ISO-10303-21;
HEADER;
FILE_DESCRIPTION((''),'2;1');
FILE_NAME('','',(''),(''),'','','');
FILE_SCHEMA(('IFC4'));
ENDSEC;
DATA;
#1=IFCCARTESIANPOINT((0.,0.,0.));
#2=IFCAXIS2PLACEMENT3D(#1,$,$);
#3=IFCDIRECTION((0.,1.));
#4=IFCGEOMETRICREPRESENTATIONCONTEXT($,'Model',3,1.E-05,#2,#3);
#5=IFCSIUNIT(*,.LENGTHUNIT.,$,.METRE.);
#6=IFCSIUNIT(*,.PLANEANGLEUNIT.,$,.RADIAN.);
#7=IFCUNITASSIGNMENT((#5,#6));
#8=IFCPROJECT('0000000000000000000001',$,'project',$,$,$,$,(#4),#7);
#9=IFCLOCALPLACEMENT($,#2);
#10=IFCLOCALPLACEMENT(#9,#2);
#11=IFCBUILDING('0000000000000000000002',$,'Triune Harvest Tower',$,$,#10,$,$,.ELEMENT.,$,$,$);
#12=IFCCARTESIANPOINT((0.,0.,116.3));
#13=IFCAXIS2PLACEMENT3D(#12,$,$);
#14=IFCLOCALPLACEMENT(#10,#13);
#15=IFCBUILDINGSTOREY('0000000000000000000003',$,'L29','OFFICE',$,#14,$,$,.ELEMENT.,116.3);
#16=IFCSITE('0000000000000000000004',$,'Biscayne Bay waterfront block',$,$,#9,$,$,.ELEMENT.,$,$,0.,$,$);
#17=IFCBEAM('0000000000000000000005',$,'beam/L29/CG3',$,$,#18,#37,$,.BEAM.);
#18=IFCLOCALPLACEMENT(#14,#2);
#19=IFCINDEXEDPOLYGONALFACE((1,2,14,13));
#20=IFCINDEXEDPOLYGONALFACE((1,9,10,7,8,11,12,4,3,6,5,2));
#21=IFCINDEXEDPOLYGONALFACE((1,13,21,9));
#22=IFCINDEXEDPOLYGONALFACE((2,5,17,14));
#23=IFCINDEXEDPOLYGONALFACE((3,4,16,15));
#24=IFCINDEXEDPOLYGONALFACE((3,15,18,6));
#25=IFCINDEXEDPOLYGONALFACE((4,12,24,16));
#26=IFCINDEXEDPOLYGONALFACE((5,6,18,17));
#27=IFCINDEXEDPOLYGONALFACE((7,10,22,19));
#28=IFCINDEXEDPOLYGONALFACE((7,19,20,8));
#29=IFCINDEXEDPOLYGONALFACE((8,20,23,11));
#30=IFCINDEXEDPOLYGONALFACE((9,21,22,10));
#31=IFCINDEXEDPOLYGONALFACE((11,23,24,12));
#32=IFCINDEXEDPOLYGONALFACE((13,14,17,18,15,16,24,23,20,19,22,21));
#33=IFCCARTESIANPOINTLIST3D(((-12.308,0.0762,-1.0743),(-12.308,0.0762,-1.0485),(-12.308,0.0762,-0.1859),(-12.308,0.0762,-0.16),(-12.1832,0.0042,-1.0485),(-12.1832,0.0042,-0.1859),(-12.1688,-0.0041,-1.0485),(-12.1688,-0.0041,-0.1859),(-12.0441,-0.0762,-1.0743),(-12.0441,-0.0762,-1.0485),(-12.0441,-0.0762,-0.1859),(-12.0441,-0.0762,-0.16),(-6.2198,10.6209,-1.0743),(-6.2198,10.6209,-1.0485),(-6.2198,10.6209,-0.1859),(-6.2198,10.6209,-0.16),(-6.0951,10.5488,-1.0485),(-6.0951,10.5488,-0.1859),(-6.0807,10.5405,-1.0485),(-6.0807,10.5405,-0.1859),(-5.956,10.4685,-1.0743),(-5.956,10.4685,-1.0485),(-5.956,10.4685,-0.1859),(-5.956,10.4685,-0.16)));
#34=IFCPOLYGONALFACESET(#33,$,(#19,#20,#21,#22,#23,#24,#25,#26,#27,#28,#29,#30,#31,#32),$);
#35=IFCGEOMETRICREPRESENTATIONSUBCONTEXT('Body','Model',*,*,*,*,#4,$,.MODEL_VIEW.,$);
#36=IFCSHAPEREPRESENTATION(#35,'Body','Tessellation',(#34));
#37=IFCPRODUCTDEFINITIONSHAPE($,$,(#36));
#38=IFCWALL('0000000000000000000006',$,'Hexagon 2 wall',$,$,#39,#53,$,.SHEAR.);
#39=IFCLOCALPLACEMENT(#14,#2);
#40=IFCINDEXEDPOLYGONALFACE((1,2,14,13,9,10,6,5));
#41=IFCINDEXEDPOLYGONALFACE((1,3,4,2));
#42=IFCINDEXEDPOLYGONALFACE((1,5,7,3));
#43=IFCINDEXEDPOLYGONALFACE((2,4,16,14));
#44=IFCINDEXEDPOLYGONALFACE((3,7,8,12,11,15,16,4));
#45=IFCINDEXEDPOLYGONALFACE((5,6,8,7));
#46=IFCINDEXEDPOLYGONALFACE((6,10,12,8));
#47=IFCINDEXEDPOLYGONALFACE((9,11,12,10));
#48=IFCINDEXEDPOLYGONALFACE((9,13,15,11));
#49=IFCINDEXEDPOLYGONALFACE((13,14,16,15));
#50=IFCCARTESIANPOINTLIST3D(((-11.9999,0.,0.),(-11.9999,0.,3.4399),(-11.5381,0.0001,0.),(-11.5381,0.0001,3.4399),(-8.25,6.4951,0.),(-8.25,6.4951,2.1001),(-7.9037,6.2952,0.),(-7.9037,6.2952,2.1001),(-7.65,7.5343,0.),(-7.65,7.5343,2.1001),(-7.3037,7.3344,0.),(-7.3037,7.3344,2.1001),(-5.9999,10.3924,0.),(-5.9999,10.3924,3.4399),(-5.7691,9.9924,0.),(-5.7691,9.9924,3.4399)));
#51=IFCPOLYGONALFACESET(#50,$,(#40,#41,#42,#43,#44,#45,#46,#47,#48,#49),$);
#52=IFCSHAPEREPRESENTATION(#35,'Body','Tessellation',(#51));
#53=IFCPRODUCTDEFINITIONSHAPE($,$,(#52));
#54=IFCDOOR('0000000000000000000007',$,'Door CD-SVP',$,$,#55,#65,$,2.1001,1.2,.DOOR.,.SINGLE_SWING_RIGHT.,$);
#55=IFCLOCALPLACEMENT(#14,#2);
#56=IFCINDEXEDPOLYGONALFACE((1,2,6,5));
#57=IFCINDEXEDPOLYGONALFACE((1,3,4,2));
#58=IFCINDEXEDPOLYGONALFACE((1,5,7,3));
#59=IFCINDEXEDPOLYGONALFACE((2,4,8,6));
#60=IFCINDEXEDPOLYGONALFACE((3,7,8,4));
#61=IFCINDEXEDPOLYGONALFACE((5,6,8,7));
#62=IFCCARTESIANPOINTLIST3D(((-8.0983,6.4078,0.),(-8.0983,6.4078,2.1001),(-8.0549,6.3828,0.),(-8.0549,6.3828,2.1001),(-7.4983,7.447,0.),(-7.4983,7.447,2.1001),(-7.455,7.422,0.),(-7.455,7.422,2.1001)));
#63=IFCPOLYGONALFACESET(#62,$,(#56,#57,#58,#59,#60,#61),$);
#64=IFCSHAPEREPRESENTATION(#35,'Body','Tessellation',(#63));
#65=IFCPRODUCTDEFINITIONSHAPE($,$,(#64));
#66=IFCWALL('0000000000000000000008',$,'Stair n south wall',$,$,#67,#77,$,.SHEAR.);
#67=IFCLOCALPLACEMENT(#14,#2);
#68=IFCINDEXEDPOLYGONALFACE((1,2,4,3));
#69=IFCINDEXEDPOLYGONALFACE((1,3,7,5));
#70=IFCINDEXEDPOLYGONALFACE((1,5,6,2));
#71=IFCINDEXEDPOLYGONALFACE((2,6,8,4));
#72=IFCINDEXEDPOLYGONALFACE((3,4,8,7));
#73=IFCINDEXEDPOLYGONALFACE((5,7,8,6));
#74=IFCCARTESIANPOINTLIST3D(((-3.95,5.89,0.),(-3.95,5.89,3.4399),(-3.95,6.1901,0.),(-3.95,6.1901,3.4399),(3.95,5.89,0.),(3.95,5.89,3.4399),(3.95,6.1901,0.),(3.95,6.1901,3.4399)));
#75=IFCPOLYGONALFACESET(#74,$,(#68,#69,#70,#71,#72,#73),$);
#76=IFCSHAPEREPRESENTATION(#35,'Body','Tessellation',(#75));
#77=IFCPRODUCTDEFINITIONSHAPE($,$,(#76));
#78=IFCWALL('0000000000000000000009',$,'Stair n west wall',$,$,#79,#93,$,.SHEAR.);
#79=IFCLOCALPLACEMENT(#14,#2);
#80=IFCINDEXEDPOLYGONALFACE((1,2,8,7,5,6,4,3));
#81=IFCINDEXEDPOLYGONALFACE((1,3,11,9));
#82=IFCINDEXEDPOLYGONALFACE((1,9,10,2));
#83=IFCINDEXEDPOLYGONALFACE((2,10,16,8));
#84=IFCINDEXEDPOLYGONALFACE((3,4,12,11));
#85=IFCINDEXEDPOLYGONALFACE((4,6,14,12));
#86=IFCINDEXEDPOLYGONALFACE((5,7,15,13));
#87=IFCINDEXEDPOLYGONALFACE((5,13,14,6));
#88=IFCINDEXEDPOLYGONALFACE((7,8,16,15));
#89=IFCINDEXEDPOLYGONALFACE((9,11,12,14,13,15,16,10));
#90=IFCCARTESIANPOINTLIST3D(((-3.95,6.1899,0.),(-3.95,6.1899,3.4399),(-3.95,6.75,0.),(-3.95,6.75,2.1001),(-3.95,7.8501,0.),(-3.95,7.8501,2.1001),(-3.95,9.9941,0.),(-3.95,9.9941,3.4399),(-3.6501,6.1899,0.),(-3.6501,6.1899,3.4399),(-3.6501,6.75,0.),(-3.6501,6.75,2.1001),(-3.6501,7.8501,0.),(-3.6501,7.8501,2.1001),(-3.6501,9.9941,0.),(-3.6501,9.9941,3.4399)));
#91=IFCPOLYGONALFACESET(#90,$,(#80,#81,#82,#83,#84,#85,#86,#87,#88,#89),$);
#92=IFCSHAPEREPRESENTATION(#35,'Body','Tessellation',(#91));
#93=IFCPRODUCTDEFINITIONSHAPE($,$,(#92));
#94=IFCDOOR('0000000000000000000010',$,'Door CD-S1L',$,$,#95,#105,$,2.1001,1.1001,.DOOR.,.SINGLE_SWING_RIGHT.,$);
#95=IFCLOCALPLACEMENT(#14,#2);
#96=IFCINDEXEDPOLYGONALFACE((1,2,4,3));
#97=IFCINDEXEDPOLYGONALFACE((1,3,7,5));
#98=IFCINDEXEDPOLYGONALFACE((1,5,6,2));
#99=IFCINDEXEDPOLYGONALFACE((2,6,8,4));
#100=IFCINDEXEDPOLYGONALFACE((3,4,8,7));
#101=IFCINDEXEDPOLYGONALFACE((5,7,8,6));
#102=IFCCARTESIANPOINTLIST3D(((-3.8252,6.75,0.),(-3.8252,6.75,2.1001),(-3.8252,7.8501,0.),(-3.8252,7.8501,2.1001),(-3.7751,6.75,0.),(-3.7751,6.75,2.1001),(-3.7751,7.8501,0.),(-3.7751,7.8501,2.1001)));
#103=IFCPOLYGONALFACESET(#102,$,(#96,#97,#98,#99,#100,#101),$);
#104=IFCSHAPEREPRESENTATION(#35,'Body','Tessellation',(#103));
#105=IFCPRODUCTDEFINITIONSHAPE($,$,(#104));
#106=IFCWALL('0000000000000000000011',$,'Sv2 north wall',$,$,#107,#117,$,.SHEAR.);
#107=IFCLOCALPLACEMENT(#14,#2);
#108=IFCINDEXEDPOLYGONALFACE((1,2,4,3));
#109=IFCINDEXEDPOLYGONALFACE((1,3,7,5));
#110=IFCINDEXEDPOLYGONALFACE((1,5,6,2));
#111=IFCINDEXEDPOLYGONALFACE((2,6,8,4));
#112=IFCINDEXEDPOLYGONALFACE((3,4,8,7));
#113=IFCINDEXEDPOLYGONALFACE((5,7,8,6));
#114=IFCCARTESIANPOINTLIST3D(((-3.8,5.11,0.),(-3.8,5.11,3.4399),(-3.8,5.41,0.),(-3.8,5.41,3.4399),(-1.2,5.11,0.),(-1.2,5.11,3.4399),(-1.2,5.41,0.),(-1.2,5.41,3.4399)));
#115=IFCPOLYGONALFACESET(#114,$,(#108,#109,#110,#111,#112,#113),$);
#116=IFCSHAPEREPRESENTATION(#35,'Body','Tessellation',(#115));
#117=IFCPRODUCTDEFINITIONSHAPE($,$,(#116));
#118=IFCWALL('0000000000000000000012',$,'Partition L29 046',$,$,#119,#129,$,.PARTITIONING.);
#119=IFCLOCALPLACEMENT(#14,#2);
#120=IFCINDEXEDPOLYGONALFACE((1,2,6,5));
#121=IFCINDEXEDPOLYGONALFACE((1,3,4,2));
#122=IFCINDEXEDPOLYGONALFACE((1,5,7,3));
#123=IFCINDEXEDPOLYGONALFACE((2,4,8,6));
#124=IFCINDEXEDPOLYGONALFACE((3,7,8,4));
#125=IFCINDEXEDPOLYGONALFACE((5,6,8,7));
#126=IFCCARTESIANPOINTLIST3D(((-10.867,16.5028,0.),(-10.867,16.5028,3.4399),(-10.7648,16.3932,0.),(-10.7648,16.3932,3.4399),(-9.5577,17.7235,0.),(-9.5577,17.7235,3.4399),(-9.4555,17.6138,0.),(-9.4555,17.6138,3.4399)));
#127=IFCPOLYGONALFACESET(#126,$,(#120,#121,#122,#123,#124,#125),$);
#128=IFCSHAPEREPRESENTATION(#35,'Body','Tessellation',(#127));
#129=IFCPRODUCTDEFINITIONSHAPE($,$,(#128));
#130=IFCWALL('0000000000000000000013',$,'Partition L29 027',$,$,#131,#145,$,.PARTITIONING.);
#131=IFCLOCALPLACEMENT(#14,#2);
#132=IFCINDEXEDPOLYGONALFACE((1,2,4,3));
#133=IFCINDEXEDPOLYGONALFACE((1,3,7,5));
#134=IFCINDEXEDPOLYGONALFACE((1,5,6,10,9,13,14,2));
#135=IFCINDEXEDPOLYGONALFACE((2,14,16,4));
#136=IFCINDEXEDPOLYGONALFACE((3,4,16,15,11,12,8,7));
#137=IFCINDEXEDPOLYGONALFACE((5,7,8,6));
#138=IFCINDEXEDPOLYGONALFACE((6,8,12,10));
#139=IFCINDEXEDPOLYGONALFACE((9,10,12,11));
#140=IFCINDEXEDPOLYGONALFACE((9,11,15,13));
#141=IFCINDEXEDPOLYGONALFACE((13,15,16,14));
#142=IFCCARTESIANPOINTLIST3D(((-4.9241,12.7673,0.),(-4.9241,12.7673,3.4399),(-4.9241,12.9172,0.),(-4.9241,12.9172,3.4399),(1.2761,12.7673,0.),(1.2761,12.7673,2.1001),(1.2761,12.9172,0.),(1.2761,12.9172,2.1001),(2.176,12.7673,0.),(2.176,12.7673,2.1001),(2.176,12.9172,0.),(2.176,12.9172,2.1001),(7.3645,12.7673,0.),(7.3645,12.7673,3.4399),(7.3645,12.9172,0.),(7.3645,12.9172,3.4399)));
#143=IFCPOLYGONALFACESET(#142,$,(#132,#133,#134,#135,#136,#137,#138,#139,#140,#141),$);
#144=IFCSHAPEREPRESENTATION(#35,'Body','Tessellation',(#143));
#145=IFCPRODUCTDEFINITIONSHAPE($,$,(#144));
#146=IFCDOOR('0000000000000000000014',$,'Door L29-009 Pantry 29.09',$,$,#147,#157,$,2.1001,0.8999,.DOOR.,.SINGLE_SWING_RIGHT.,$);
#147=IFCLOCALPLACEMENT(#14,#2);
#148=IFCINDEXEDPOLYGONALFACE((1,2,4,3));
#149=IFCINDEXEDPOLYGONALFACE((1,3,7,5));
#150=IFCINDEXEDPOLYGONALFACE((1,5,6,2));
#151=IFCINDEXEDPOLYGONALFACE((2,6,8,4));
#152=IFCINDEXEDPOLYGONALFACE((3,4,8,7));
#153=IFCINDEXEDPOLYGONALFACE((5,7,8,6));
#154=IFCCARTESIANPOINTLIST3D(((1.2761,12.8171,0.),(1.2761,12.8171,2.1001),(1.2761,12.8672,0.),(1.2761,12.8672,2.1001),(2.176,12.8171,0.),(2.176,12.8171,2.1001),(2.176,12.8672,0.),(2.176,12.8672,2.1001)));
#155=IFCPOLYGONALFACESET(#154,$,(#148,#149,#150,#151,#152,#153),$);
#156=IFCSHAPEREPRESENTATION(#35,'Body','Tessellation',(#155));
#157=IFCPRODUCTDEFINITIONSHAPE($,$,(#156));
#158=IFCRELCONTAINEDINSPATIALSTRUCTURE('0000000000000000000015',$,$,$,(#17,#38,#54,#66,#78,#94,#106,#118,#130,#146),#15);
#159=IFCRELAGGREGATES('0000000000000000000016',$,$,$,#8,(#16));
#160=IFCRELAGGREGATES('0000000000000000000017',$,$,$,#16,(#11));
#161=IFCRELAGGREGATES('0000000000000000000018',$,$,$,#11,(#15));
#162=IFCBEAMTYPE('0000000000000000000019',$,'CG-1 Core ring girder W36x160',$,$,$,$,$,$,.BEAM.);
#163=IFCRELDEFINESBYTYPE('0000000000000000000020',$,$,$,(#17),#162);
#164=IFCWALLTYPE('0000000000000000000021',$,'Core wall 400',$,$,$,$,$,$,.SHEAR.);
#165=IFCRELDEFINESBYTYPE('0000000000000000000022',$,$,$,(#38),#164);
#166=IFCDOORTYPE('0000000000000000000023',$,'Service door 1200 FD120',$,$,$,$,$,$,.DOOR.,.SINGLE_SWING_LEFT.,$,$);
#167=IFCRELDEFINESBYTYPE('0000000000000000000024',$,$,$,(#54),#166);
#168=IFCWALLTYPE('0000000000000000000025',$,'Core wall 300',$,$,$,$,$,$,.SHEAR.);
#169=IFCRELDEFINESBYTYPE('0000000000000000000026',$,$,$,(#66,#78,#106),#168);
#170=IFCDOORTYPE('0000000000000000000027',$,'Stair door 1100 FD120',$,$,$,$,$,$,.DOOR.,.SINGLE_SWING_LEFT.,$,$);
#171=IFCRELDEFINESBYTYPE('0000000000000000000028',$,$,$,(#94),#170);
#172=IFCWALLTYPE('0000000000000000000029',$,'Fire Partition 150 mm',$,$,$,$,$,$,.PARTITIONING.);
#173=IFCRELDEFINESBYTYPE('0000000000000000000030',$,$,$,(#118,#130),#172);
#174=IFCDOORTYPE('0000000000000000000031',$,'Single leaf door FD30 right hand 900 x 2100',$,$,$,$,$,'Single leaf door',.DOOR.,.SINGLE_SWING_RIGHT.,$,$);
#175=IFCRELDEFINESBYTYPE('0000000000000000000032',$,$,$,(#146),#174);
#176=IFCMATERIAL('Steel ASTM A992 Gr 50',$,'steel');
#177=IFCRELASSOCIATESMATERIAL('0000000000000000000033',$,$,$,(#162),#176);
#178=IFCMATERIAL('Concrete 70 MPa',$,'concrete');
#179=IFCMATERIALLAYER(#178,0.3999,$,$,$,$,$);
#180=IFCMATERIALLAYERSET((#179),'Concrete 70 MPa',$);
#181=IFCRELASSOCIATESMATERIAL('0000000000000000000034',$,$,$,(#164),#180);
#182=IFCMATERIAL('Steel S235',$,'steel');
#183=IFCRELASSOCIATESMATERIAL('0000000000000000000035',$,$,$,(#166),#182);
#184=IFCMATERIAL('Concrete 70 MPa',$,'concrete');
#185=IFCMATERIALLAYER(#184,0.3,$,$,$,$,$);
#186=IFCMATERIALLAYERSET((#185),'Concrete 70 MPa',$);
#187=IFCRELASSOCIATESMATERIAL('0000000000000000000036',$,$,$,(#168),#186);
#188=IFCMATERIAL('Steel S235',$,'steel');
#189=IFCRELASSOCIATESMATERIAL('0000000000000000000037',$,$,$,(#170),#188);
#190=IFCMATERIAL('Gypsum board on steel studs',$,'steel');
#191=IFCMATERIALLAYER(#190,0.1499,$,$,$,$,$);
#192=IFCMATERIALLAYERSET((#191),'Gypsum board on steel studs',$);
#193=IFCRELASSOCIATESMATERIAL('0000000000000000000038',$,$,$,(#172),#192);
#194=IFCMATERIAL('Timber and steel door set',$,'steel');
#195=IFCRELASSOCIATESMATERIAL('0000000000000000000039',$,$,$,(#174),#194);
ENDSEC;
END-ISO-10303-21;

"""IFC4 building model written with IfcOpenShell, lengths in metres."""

from ifc_helpers import new_model, si_unit, direction, frame, frame_2d, origin, origin_2d, place, context, subcontext, project, spatial, polyline, rectangle, i_section, outline, extrude, source, transform, mapped, material, layer, layer_set, material_profile, profile_set, type_object, element, fill, save


model = new_model("IFC4")

# Units and contexts
model_context = context("Model", 3, precision=1e-05, world=origin(), true_north=direction((0.0, 1.0)))
body_context = subcontext(model_context, "Body", "Model", "MODEL_VIEW")
ifc_project = project(units=[si_unit("LENGTHUNIT", "METRE"), si_unit("PLANEANGLEUNIT", "RADIAN")], contexts=[model_context])

# Site, building, storey
site_placement = place(None, origin())
site = spatial("IfcSite", under=ifc_project, at=site_placement, Name="Biscayne Bay waterfront block", CompositionType="ELEMENT", RefElevation=0.0)
building_placement = place(site_placement, origin())
building = spatial("IfcBuilding", under=site, at=building_placement, Name="Triune Harvest Tower", CompositionType="ELEMENT")
storey_placement = place(building_placement, frame((0.0, 0.0, 116.3)))
storey = spatial("IfcBuildingStorey", under=building, at=storey_placement, Name="L29", Description="OFFICE", CompositionType="ELEMENT", Elevation=116.3)

# Beam
ifc_material_1 = material(Name="Steel ASTM A992 Gr 50", Category="steel")
ifc_material_profile = material_profile(ifc_material_1, i_section(OverallWidth=0.3047, OverallDepth=0.9143, WebThickness=0.0166, FlangeThickness=0.0259, at=origin_2d()), Name="W36x160")
ifc_profile_set = profile_set([ifc_material_profile], Name="Steel ASTM A992 Gr 50")
beam_type = type_object("IfcBeamType", Name="CG-1 Core ring girder W36x160", PredefinedType="BEAM", material=ifc_profile_set)
shared_shape_1 = source(origin(), body_context, "Body", "SweptSolid", [
    extrude(i_section(OverallWidth=0.3047, OverallDepth=0.9143, WebThickness=0.0166, FlangeThickness=0.0259, at=origin_2d()), origin(), (0.0, 0.0, 1.0), 12.176),
])
beam_placement = place(storey_placement, frame((-6.0879, 10.5447, -0.6172), z_axis=(-0.50001, -0.86602, 0.0), x_axis=(0.86602, -0.50001, 0.0)))
element("IfcBeam", 1, at=beam_placement, inside=storey, type_object=beam_type, Name="beam/L29/CG3", PredefinedType="BEAM", context=body_context, shape_type="MappedRepresentation", body=[
    mapped(shared_shape_1, transform((0.0, 0.0, 0.0), scale=1.0)),
])

# Wall, opening, door
ifc_material_2 = material(Name="Concrete 70 MPa", Category="concrete")
ifc_layer_1 = layer(ifc_material_2, 0.3999)
ifc_layer_set_1 = layer_set([ifc_layer_1], Name="Concrete 70 MPa")
wall_type_1 = type_object("IfcWallType", Name="Core wall 400", PredefinedType="SHEAR", material=ifc_layer_set_1)
shared_shape_2 = source(origin(), body_context, "Body", "SweptSolid", [
    extrude(outline(polyline([(-0.1155, -0.2), (11.8845, -0.2), (11.6536, 0.2), (0.1155, 0.2), (-0.1155, -0.2)])), origin(), (0.0, 0.0, 1.0), 3.4399),
])
wall_1_placement = place(storey_placement, frame((-5.8845, 10.1924, 0.0), z_axis=(0.0, 0.0, 1.0), x_axis=(-0.499997, -0.866027, 0.0)))
wall_1 = element("IfcWall", 2, at=wall_1_placement, inside=storey, type_object=wall_type_1, Name="Hexagon 2 wall", PredefinedType="SHEAR", context=body_context, shape_type="MappedRepresentation", body=[
    mapped(shared_shape_2, transform((0.0, 0.0, 0.0), scale=1.0)),
])
opening_1_placement = place(wall_1_placement, frame((3.1846, 0.0, 0.0)))
opening_1 = element("IfcOpeningElement", 3, at=opening_1_placement, cuts=wall_1, PredefinedType="OPENING", context=body_context, shape_type="SweptSolid", body=[
    extrude(rectangle(XDim=1.2, YDim=2.1001, at=frame_2d((0.6001, 1.05))), frame((0.0, 0.21, 0.0), z_axis=(0.0, -1.0, 0.0), x_axis=(1.0, 0.0, 0.0)), (0.0, 0.0, 1.0), 0.4199),
])
ifc_material_3 = material(Name="Steel S235", Category="steel")
door_type_1 = type_object("IfcDoorType", Name="Service door 1200 FD120", OperationType="SINGLE_SWING_LEFT", PredefinedType="DOOR", material=ifc_material_3)
door_1_placement = place(opening_1_placement, frame((1.2, 0.0, 0.0), z_axis=(0.0, 0.0, 1.0), x_axis=(-1.0, 0.0, 0.0)))
door_1 = element("IfcDoor", 4, at=door_1_placement, inside=storey, type_object=door_type_1, Name="Door CD-SVP", OperationType="SINGLE_SWING_RIGHT", OverallHeight=2.1001, OverallWidth=1.2, PredefinedType="DOOR", context=body_context, shape_type="SweptSolid", body=[
    extrude(rectangle(XDim=1.2, YDim=2.1001, at=frame_2d((0.6001, 1.05))), frame((0.0, 0.0249, 0.0), z_axis=(0.0, -1.0, 0.0), x_axis=(1.0, 0.0, 0.0)), (0.0, 0.0, 1.0), 0.05),
])
fill(opening_1, door_1)

# Wall
ifc_material_4 = material(Name="Concrete 70 MPa", Category="concrete")
ifc_layer_2 = layer(ifc_material_4, 0.3)
ifc_layer_set_2 = layer_set([ifc_layer_2], Name="Concrete 70 MPa")
wall_type_2 = type_object("IfcWallType", Name="Core wall 300", PredefinedType="SHEAR", material=ifc_layer_set_2)
shared_shape_3 = source(origin(), body_context, "Body", "SweptSolid", [
    extrude(rectangle(XDim=7.8999, YDim=0.3, at=frame_2d((3.95, 0.0))), origin(), (0.0, 0.0, 1.0), 3.4399),
])
wall_2_placement = place(storey_placement, frame((-3.95, 6.04, 0.0), z_axis=(0.0, 0.0, 1.0), x_axis=(1.0, 0.0, 0.0)))
element("IfcWall", 5, at=wall_2_placement, inside=storey, type_object=wall_type_2, Name="Stair n south wall", PredefinedType="SHEAR", context=body_context, shape_type="MappedRepresentation", body=[
    mapped(shared_shape_3, transform((0.0, 0.0, 0.0), scale=1.0)),
])

# Wall, opening, door
shared_shape_4 = source(origin(), body_context, "Body", "SweptSolid", [
    extrude(outline(polyline([(0.0, -0.1499), (0.0, 0.1499), (3.8042, 0.1499), (3.8042, -0.1499), (0.0, -0.1499)])), origin(), (0.0, 0.0, 1.0), 3.4399),
])
wall_3_placement = place(storey_placement, frame((-3.8, 6.1899, 0.0), z_axis=(0.0, 0.0, 1.0), x_axis=(0.0, 1.0, 0.0)))
wall_3 = element("IfcWall", 6, at=wall_3_placement, inside=storey, type_object=wall_type_2, Name="Stair n west wall", PredefinedType="SHEAR", context=body_context, shape_type="MappedRepresentation", body=[
    mapped(shared_shape_4, transform((0.0, 0.0, 0.0), scale=1.0)),
])
opening_2_placement = place(wall_3_placement, frame((0.5601, 0.0, 0.0)))
opening_2 = element("IfcOpeningElement", 7, at=opening_2_placement, cuts=wall_3, PredefinedType="OPENING", context=body_context, shape_type="SweptSolid", body=[
    extrude(rectangle(XDim=1.1001, YDim=2.1001, at=frame_2d((0.55, 1.05))), frame((0.0, 0.1602, 0.0), z_axis=(0.0, -1.0, 0.0), x_axis=(1.0, 0.0, 0.0)), (0.0, 0.0, 1.0), 0.3201),
])
ifc_material_5 = material(Name="Steel S235", Category="steel")
door_type_2 = type_object("IfcDoorType", Name="Stair door 1100 FD120", OperationType="SINGLE_SWING_LEFT", PredefinedType="DOOR", material=ifc_material_5)
door_2_placement = place(opening_2_placement, frame((1.1001, 0.0, 0.0), z_axis=(0.0, 0.0, 1.0), x_axis=(-1.0, 0.0, 0.0)))
door_2 = element("IfcDoor", 8, at=door_2_placement, inside=storey, type_object=door_type_2, Name="Door CD-S1L", OperationType="SINGLE_SWING_RIGHT", OverallHeight=2.1001, OverallWidth=1.1001, PredefinedType="DOOR", context=body_context, shape_type="SweptSolid", body=[
    extrude(rectangle(XDim=1.1001, YDim=2.1001, at=frame_2d((0.55, 1.05))), frame((0.0, 0.0249, 0.0), z_axis=(0.0, -1.0, 0.0), x_axis=(1.0, 0.0, 0.0)), (0.0, 0.0, 1.0), 0.05),
])
fill(opening_2, door_2)

# Walls
shared_shape_5 = source(origin(), body_context, "Body", "SweptSolid", [
    extrude(rectangle(XDim=2.6001, YDim=0.3, at=frame_2d((1.3, 0.0))), origin(), (0.0, 0.0, 1.0), 3.4399),
])
wall_4_placement = place(storey_placement, frame((-3.8, 5.26, 0.0), z_axis=(0.0, 0.0, 1.0), x_axis=(1.0, 0.0, 0.0)))
element("IfcWall", 9, at=wall_4_placement, inside=storey, type_object=wall_type_2, Name="Sv2 north wall", PredefinedType="SHEAR", context=body_context, shape_type="MappedRepresentation", body=[
    mapped(shared_shape_5, transform((0.0, 0.0, 0.0), scale=1.0)),
])
ifc_material_6 = material(Name="Gypsum board on steel studs", Category="steel")
ifc_layer_3 = layer(ifc_material_6, 0.1499)
ifc_layer_set_3 = layer_set([ifc_layer_3], Name="Gypsum board on steel studs")
wall_type_3 = type_object("IfcWallType", Name="Fire Partition 150 mm", PredefinedType="PARTITIONING", material=ifc_layer_set_3)
shared_shape_6 = source(origin(), body_context, "Body", "SweptSolid", [
    extrude(rectangle(XDim=1.79, YDim=0.1499, at=frame_2d((0.895, 0.0))), origin(), (0.0, 0.0, 1.0), 3.4399),
])
wall_5_placement = place(storey_placement, frame((-10.8159, 16.448, 0.0), z_axis=(0.0, 0.0, 1.0), x_axis=(0.731427, 0.68192, 0.0)))
element("IfcWall", 10, at=wall_5_placement, inside=storey, type_object=wall_type_3, Name="Partition L29 046", PredefinedType="PARTITIONING", context=body_context, shape_type="MappedRepresentation", body=[
    mapped(shared_shape_6, transform((0.0, 0.0, 0.0), scale=1.0)),
])

# Wall, opening, door
shared_shape_7 = source(origin(), body_context, "Body", "SweptSolid", [
    extrude(rectangle(XDim=12.2886, YDim=0.1499, at=frame_2d((6.1443, 0.0))), origin(), (0.0, 0.0, 1.0), 3.4399),
])
wall_6_placement = place(storey_placement, frame((-4.9241, 12.8423, 0.0), z_axis=(0.0, 0.0, 1.0), x_axis=(1.0, 0.0, 0.0)))
wall_6 = element("IfcWall", 11, at=wall_6_placement, inside=storey, type_object=wall_type_3, Name="Partition L29 027", PredefinedType="PARTITIONING", context=body_context, shape_type="MappedRepresentation", body=[
    mapped(shared_shape_7, transform((0.0, 0.0, 0.0), scale=1.0)),
])
opening_3_placement = place(wall_6_placement, frame((6.2002, 0.0, 0.0)))
opening_3 = element("IfcOpeningElement", 12, at=opening_3_placement, cuts=wall_6, PredefinedType="OPENING", context=body_context, shape_type="SweptSolid", body=[
    extrude(rectangle(XDim=0.8999, YDim=2.1001, at=frame_2d((0.45, 1.05))), frame((0.0, 0.085, 0.0), z_axis=(0.0, -1.0, 0.0), x_axis=(1.0, 0.0, 0.0)), (0.0, 0.0, 1.0), 0.1699),
])
ifc_material_7 = material(Name="Timber and steel door set", Category="steel")
door_type_3 = type_object("IfcDoorType", Name="Single leaf door FD30 right hand 900 x 2100", ElementType="Single leaf door", OperationType="SINGLE_SWING_RIGHT", PredefinedType="DOOR", material=ifc_material_7)
door_3_placement = place(opening_3_placement, origin())
door_3 = element("IfcDoor", 13, at=door_3_placement, inside=storey, type_object=door_type_3, Name="Door L29-009 Pantry 29.09", OperationType="SINGLE_SWING_RIGHT", OverallHeight=2.1001, OverallWidth=0.8999, PredefinedType="DOOR", context=body_context, shape_type="SweptSolid", body=[
    extrude(rectangle(XDim=0.8999, YDim=2.1001, at=frame_2d((0.45, 1.05))), frame((0.0, 0.0249, 0.0), z_axis=(0.0, -1.0, 0.0), x_axis=(1.0, 0.0, 0.0)), (0.0, 0.0, 1.0), 0.05),
])
fill(opening_3, door_3)

save(model, "model.ifc")
